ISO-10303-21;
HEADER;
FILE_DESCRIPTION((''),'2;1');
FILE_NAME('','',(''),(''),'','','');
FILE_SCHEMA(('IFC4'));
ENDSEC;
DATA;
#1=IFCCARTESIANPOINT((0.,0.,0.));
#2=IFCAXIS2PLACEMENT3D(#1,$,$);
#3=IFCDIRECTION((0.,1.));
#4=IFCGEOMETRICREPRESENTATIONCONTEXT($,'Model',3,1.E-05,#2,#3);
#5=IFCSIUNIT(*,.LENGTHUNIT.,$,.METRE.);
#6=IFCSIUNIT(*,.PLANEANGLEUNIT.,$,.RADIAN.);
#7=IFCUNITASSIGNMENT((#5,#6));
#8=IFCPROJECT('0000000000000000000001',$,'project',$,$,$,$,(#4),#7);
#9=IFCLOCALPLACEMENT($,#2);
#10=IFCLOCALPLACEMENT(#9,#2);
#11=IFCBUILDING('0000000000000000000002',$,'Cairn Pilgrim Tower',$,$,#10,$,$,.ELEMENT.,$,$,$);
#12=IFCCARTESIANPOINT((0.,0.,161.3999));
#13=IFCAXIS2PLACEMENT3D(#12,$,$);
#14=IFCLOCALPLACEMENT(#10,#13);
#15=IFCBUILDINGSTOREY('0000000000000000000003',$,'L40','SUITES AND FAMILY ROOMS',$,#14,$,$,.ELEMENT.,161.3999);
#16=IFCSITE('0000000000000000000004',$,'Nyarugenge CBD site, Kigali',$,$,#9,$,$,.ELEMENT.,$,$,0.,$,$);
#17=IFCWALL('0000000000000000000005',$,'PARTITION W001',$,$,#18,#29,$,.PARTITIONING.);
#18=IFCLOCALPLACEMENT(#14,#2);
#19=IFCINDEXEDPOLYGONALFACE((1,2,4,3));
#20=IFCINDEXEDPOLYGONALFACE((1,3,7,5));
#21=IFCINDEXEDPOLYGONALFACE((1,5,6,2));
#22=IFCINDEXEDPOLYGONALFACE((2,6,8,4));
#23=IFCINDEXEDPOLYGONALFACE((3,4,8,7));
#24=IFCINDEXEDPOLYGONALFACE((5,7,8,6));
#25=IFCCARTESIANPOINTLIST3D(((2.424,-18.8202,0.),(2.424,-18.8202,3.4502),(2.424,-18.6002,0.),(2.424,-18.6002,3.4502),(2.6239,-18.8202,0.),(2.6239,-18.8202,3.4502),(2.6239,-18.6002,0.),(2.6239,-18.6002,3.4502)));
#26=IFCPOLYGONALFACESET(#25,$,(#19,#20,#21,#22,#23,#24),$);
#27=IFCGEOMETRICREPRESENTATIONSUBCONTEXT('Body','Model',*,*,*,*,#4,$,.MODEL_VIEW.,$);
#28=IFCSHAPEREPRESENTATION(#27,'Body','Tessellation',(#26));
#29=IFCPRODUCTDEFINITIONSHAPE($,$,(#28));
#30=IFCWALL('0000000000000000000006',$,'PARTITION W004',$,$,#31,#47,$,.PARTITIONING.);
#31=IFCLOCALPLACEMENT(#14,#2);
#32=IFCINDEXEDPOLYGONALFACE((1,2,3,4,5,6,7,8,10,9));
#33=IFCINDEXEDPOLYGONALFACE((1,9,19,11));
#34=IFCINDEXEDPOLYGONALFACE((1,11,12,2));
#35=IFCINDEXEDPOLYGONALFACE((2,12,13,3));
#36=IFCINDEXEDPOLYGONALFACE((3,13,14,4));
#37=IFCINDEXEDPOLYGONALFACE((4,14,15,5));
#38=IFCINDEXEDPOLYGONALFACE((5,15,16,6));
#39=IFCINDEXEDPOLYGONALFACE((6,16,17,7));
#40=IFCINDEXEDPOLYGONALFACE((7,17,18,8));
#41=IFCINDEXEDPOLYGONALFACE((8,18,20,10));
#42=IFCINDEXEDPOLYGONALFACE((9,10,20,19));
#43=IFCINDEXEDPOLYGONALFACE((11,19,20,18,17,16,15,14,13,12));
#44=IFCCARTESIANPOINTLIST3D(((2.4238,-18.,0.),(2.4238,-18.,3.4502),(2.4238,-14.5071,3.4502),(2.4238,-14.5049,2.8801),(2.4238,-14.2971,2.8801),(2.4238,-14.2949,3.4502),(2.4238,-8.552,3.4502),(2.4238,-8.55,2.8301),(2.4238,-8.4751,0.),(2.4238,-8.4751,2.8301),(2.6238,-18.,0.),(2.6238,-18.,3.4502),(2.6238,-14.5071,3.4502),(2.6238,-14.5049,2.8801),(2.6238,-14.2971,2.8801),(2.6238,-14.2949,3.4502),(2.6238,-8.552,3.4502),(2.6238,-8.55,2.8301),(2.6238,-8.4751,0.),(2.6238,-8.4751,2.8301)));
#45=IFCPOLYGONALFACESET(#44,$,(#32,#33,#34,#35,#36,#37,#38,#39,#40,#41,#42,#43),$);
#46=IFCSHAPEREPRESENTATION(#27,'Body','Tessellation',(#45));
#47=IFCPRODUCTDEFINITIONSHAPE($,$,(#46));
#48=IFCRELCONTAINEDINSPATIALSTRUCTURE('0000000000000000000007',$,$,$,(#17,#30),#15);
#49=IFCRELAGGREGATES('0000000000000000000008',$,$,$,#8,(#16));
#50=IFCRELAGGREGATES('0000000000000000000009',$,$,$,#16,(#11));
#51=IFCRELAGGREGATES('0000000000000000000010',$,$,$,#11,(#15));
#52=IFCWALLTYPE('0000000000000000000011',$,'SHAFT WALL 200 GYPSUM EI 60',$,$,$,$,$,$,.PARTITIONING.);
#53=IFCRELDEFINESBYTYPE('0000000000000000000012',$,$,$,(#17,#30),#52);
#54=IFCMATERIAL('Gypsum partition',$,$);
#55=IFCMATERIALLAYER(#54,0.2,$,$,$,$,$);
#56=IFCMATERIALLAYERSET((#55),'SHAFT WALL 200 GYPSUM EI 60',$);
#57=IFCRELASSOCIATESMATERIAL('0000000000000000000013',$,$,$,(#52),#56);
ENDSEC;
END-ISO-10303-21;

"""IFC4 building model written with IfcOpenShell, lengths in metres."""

from ifc_helpers import new_model, si_unit, direction, frame, frame_2d, origin, place, context, subcontext, project, spatial, polyline, rectangle, outline, extrude, material, layer, layer_set, type_object, element, save


model = new_model("IFC4")

# Units and contexts
model_context = context("Model", 3, precision=1e-05, world=origin(), true_north=direction((0.0, 1.0)))
body_context = subcontext(model_context, "Body", "Model", "MODEL_VIEW")
ifc_project = project(units=[si_unit("LENGTHUNIT", "METRE"), si_unit("PLANEANGLEUNIT", "RADIAN")], contexts=[model_context])

# Site, building, storey
site_placement = place(None, origin())
site = spatial("IfcSite", under=ifc_project, at=site_placement, Name="Nyarugenge CBD site, Kigali", CompositionType="ELEMENT", RefElevation=0.0)
building_placement = place(site_placement, origin())
building = spatial("IfcBuilding", under=site, at=building_placement, Name="Cairn Pilgrim Tower", CompositionType="ELEMENT")
storey_placement = place(building_placement, frame((0.0, 0.0, 161.3999)))
storey = spatial("IfcBuildingStorey", under=building, at=storey_placement, Name="L40", Description="SUITES AND FAMILY ROOMS", CompositionType="ELEMENT", Elevation=161.3999)

# Shared definitions
ifc_material_1 = material(Name="Gypsum partition")

# Walls
ifc_layer_1 = layer(ifc_material_1, 0.2)
ifc_layer_set_1 = layer_set([ifc_layer_1], Name="SHAFT WALL 200 GYPSUM EI 60")
wall_type_1 = type_object("IfcWallType", Name="SHAFT WALL 200 GYPSUM EI 60", PredefinedType="PARTITIONING", material=ifc_layer_set_1)
wall_1_placement = place(storey_placement, frame((2.5239, -18.8201, 0.0), z_axis=(0.0, 0.0, 1.0), x_axis=(0.0, 1.0, 0.0)))
element("IfcWall", 1, at=wall_1_placement, inside=storey, type_object=wall_type_1, Name="PARTITION W001", PredefinedType="PARTITIONING", context=body_context, shape_type="SweptSolid", body=[
    extrude(rectangle(XDim=0.22, YDim=0.2, at=frame_2d((0.1099, 0.0))), origin(), (0.0, 0.0, 1.0), 3.4502),
])
wall_2_placement = place(storey_placement, frame((2.5239, -18.0, 0.0), z_axis=(0.0, 0.0, 1.0), x_axis=(0.0, 1.0, 0.0)))
element("IfcWall", 2, at=wall_2_placement, inside=storey, type_object=wall_type_1, Name="PARTITION W004", PredefinedType="PARTITIONING", context=body_context, shape_type="SweptSolid", body=[
    extrude(outline(polyline([(0.0, 0.0), (9.5249, 0.0), (9.5249, 2.8301), (9.45, 2.8301), (9.448, 3.4502), (3.7051, 3.4502), (3.7029, 2.8801), (3.4951, 2.8801), (3.4929, 3.4502), (0.0, 3.4502), (0.0, 0.0)])), frame((0.0, 0.1001, 0.0), z_axis=(0.0, -1.0, 0.0), x_axis=(1.0, 0.0, 0.0)), (0.0, 0.0, 1.0), 0.2),
])

save(model, "model.ifc")
